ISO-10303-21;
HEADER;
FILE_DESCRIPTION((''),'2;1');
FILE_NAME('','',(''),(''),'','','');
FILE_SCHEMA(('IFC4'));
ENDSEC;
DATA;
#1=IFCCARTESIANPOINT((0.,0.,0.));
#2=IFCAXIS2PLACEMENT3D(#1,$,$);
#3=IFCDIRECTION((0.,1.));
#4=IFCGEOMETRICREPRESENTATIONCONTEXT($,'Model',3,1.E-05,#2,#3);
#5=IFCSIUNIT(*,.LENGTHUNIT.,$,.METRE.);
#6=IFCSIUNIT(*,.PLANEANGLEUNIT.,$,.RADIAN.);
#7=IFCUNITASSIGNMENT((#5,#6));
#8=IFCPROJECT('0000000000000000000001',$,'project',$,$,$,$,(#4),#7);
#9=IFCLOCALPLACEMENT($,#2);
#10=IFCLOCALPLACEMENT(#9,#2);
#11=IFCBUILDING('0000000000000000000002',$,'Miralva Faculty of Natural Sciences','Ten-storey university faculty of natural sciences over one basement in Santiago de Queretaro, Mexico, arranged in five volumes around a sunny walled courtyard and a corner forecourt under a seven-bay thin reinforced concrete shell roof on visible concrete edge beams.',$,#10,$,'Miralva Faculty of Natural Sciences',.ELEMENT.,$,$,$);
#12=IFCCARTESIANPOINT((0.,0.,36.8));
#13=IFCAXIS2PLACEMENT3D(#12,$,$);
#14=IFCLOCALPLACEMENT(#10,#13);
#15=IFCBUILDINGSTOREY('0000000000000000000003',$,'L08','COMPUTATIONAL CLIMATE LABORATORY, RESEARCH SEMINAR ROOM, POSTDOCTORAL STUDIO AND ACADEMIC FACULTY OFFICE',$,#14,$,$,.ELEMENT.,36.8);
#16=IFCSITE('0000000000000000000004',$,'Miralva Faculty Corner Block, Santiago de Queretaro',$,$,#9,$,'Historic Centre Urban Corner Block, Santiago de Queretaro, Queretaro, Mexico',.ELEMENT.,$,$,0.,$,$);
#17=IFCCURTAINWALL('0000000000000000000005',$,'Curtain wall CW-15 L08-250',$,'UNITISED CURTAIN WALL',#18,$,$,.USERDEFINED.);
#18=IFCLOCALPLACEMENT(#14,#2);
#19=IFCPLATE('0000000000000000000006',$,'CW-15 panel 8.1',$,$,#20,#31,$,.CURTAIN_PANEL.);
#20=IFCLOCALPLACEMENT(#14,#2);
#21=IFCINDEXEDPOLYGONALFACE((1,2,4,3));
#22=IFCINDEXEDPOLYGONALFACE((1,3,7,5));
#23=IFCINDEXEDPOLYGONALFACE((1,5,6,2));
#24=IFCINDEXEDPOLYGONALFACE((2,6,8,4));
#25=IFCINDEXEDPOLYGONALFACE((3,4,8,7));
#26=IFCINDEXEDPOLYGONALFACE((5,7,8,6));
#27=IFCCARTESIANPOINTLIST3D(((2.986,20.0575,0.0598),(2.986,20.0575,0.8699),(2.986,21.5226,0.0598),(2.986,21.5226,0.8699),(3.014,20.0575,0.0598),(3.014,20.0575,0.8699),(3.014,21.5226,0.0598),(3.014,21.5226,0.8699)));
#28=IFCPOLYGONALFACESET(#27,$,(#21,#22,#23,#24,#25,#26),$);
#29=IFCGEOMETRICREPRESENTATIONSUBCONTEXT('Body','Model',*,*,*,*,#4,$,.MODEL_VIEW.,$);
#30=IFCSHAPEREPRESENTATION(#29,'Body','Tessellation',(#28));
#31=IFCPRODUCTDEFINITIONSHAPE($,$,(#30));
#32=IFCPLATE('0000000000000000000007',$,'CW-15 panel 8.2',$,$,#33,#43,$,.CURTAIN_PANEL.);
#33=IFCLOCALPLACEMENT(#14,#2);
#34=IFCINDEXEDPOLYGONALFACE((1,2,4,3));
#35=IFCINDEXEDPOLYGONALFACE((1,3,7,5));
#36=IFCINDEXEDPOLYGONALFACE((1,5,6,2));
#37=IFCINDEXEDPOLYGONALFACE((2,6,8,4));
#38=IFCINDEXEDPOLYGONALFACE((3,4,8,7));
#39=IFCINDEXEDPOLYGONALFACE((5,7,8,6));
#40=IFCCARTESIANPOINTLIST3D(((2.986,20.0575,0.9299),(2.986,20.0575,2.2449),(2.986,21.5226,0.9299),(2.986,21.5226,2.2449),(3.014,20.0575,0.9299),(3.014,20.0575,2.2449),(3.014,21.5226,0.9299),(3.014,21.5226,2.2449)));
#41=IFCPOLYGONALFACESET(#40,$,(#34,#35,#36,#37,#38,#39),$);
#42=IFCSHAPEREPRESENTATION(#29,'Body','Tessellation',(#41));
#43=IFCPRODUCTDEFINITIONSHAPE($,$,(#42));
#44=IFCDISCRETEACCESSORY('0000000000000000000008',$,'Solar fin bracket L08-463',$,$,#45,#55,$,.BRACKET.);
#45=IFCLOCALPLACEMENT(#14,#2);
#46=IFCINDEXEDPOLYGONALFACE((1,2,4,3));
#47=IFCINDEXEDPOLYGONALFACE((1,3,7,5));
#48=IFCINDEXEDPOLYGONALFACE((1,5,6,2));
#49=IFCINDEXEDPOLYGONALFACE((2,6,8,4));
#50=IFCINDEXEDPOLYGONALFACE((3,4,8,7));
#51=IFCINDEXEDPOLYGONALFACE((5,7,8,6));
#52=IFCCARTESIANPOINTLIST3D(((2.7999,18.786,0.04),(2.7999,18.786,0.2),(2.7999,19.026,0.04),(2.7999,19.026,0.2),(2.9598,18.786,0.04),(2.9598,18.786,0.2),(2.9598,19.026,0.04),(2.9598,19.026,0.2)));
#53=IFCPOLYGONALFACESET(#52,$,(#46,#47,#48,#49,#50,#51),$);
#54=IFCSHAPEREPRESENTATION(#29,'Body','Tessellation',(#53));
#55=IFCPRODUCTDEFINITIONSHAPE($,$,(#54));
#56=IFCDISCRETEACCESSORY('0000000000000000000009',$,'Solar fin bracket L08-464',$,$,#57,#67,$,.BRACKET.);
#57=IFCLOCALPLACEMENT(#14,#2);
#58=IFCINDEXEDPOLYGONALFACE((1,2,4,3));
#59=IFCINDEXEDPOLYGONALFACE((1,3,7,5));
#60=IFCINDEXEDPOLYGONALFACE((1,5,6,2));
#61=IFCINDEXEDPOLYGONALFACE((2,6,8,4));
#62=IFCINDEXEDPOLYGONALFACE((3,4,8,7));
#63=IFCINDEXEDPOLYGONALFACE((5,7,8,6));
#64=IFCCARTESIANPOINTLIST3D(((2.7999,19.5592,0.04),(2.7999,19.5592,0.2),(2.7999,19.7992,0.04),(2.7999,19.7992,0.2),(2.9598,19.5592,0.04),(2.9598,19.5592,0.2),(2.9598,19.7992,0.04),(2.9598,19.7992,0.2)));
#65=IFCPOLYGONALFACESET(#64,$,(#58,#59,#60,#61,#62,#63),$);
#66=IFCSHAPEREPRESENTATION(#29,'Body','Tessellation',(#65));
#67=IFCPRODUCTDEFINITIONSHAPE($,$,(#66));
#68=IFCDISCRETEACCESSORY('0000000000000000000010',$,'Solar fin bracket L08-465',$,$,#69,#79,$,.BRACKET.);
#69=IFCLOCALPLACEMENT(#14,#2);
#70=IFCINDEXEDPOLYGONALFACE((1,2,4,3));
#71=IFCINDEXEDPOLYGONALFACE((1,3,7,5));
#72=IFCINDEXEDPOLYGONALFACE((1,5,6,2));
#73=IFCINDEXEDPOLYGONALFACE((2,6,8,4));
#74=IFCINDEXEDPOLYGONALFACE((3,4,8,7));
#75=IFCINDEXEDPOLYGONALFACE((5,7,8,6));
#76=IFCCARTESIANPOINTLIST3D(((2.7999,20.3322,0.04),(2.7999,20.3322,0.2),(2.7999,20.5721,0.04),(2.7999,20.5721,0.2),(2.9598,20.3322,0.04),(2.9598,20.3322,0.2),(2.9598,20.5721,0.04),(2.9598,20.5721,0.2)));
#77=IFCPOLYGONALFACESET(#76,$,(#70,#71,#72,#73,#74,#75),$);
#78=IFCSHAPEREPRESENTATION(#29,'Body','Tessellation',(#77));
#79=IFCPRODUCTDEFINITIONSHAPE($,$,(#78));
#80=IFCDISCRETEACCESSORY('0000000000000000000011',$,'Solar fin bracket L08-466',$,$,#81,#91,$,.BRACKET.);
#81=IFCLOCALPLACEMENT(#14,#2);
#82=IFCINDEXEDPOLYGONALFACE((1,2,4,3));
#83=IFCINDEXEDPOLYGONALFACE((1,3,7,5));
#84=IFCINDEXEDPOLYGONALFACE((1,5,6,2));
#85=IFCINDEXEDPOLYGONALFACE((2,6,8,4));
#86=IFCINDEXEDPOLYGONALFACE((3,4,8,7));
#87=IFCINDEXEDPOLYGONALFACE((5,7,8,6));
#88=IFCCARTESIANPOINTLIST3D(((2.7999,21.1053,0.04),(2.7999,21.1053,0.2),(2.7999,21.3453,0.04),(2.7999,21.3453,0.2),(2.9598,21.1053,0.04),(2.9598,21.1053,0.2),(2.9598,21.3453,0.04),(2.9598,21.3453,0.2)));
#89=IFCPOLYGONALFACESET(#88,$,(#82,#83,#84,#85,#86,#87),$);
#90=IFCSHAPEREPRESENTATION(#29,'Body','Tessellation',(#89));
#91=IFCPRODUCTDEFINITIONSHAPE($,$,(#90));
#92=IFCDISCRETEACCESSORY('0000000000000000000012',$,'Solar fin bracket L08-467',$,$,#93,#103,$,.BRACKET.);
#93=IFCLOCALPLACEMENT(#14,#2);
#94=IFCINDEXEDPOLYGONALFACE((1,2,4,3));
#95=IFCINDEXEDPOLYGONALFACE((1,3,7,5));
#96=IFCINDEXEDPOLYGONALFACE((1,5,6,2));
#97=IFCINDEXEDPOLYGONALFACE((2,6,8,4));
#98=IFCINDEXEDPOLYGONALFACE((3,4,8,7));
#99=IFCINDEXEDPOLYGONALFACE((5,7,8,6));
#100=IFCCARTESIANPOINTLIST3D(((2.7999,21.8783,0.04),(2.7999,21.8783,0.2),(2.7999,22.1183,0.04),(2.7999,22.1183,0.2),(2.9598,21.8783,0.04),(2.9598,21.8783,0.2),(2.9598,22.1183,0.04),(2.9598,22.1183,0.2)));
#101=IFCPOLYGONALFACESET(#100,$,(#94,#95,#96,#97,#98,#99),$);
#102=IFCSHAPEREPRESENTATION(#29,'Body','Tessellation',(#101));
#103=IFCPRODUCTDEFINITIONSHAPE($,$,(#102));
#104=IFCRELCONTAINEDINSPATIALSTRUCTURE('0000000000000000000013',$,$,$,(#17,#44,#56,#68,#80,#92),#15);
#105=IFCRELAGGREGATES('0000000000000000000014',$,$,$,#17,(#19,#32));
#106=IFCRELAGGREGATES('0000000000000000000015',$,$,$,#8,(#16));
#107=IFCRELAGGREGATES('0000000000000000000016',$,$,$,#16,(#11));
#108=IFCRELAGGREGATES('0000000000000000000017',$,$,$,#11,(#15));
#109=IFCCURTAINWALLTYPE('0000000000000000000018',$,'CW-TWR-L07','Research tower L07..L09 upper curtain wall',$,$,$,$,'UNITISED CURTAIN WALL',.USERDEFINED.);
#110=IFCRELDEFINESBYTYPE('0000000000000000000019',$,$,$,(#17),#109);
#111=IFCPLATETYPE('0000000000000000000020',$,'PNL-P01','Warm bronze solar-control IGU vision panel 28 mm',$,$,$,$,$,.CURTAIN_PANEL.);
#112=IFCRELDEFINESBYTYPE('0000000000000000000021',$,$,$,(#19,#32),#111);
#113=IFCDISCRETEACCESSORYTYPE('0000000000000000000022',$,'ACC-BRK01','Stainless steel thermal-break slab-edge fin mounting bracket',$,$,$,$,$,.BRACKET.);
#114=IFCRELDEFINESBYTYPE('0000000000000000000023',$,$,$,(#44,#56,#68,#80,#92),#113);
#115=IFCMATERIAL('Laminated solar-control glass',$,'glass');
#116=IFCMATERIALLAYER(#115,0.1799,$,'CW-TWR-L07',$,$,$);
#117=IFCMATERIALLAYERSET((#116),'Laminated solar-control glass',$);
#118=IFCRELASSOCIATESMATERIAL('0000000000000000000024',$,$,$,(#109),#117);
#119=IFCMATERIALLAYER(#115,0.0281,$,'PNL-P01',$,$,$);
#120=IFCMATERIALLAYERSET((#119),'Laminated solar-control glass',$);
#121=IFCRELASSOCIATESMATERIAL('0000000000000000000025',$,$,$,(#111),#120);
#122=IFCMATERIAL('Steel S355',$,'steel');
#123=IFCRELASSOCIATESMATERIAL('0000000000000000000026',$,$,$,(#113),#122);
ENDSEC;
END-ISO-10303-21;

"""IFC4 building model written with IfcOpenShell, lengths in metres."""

from ifc_helpers import new_model, si_unit, direction, frame, origin, origin_2d, place, context, subcontext, project, spatial, rectangle, extrude, material, layer, layer_set, type_object, element, aggregate, save


model = new_model("IFC4")

# Units and contexts
model_context = context("Model", 3, precision=1e-05, world=origin(), true_north=direction((0.0, 1.0)))
body_context = subcontext(model_context, "Body", "Model", "MODEL_VIEW")
ifc_project = project(units=[si_unit("LENGTHUNIT", "METRE"), si_unit("PLANEANGLEUNIT", "RADIAN")], contexts=[model_context])

# Site, building, storey
site_placement = place(None, origin())
site = spatial("IfcSite", under=ifc_project, at=site_placement, Name="Miralva Faculty Corner Block, Santiago de Queretaro", LongName="Historic Centre Urban Corner Block, Santiago de Queretaro, Queretaro, Mexico", CompositionType="ELEMENT", RefElevation=0.0)
building_placement = place(site_placement, origin())
building = spatial("IfcBuilding", under=site, at=building_placement, Name="Miralva Faculty of Natural Sciences", Description="Ten-storey university faculty of natural sciences over one basement in Santiago de Queretaro, Mexico, arranged in five volumes around a sunny walled courtyard and a corner forecourt under a seven-bay thin reinforced concrete shell roof on visible concrete edge beams.", LongName="Miralva Faculty of Natural Sciences", CompositionType="ELEMENT")
storey_placement = place(building_placement, frame((0.0, 0.0, 36.8)))
storey = spatial("IfcBuildingStorey", under=building, at=storey_placement, Name="L08", Description="COMPUTATIONAL CLIMATE LABORATORY, RESEARCH SEMINAR ROOM, POSTDOCTORAL STUDIO AND ACADEMIC FACULTY OFFICE", CompositionType="ELEMENT", Elevation=36.8)

# Curtain wall
ifc_material_1 = material(Name="Laminated solar-control glass", Category="glass")
ifc_layer_1 = layer(ifc_material_1, 0.1799, Name="CW-TWR-L07")
ifc_layer_set_1 = layer_set([ifc_layer_1], Name="Laminated solar-control glass")
curtain_wall_type = type_object("IfcCurtainWallType", Name="CW-TWR-L07", Description="Research tower L07..L09 upper curtain wall", ElementType="UNITISED CURTAIN WALL", PredefinedType="USERDEFINED", material=ifc_layer_set_1)
curtain_wall_placement = place(storey_placement, origin())
curtain_wall = element("IfcCurtainWall", 1, at=curtain_wall_placement, inside=storey, type_object=curtain_wall_type, Name="Curtain wall CW-15 L08-250", ObjectType="UNITISED CURTAIN WALL", PredefinedType="USERDEFINED")

# Plates
ifc_layer_2 = layer(ifc_material_1, 0.0281, Name="PNL-P01")
ifc_layer_set_2 = layer_set([ifc_layer_2], Name="Laminated solar-control glass")
plate_type = type_object("IfcPlateType", Name="PNL-P01", Description="Warm bronze solar-control IGU vision panel 28 mm", PredefinedType="CURTAIN_PANEL", material=ifc_layer_set_2)
plate_1_placement = place(storey_placement, frame((3.0, 20.79, 0.0598), z_axis=(0.0, 0.0, 1.0), x_axis=(0.0, 1.0, 0.0)))
plate_1 = element("IfcPlate", 2, at=plate_1_placement, type_object=plate_type, Name="CW-15 panel 8.1", PredefinedType="CURTAIN_PANEL", context=body_context, shape_type="SweptSolid", body=[
    extrude(rectangle(XDim=1.4651, YDim=0.0281, at=origin_2d()), origin(), (0.0, 0.0, 1.0), 0.8101),
])
plate_2_placement = place(storey_placement, frame((3.0, 20.79, 0.9299), z_axis=(0.0, 0.0, 1.0), x_axis=(0.0, 1.0, 0.0)))
plate_2 = element("IfcPlate", 3, at=plate_2_placement, type_object=plate_type, Name="CW-15 panel 8.2", PredefinedType="CURTAIN_PANEL", context=body_context, shape_type="SweptSolid", body=[
    extrude(rectangle(XDim=1.4651, YDim=0.0281, at=origin_2d()), origin(), (0.0, 0.0, 1.0), 1.3149),
])
aggregate(curtain_wall, [plate_1, plate_2])

# Discrete accessories
ifc_material_2 = material(Name="Steel S355", Category="steel")
discrete_accessory_type = type_object("IfcDiscreteAccessoryType", Name="ACC-BRK01", Description="Stainless steel thermal-break slab-edge fin mounting bracket", PredefinedType="BRACKET", material=ifc_material_2)
for number, where, z_axis, x_axis, name in (
    (4, (2.8799, 18.906, 0.04), (0.0, 0.0, 1.0), (-1.0, 0.0, 0.0), "Solar fin bracket L08-463"),
    (5, (2.8799, 19.6792, 0.04), (0.0, 0.0, 1.0), (-1.0, 0.0, 0.0), "Solar fin bracket L08-464"),
    (6, (2.8799, 20.4521, 0.04), (0.0, 0.0, 1.0), (-1.0, 0.0, 0.0), "Solar fin bracket L08-465"),
    (7, (2.8799, 21.2253, 0.04), (0.0, 0.0, 1.0), (-1.0, 0.0, 0.0), "Solar fin bracket L08-466"),
    (8, (2.8799, 21.9983, 0.04), (0.0, 0.0, 1.0), (-1.0, 0.0, 0.0), "Solar fin bracket L08-467"),
):
    element("IfcDiscreteAccessory", number, at=place(storey_placement, frame(where, z_axis=z_axis, x_axis=x_axis)), inside=storey, type_object=discrete_accessory_type, Name=name, PredefinedType="BRACKET", context=body_context, shape_type="SweptSolid", body=[
        extrude(rectangle(XDim=0.1599, YDim=0.24, at=origin_2d()), origin(), (0.0, 0.0, 1.0), 0.1599),
    ])

save(model, "model.ifc")
